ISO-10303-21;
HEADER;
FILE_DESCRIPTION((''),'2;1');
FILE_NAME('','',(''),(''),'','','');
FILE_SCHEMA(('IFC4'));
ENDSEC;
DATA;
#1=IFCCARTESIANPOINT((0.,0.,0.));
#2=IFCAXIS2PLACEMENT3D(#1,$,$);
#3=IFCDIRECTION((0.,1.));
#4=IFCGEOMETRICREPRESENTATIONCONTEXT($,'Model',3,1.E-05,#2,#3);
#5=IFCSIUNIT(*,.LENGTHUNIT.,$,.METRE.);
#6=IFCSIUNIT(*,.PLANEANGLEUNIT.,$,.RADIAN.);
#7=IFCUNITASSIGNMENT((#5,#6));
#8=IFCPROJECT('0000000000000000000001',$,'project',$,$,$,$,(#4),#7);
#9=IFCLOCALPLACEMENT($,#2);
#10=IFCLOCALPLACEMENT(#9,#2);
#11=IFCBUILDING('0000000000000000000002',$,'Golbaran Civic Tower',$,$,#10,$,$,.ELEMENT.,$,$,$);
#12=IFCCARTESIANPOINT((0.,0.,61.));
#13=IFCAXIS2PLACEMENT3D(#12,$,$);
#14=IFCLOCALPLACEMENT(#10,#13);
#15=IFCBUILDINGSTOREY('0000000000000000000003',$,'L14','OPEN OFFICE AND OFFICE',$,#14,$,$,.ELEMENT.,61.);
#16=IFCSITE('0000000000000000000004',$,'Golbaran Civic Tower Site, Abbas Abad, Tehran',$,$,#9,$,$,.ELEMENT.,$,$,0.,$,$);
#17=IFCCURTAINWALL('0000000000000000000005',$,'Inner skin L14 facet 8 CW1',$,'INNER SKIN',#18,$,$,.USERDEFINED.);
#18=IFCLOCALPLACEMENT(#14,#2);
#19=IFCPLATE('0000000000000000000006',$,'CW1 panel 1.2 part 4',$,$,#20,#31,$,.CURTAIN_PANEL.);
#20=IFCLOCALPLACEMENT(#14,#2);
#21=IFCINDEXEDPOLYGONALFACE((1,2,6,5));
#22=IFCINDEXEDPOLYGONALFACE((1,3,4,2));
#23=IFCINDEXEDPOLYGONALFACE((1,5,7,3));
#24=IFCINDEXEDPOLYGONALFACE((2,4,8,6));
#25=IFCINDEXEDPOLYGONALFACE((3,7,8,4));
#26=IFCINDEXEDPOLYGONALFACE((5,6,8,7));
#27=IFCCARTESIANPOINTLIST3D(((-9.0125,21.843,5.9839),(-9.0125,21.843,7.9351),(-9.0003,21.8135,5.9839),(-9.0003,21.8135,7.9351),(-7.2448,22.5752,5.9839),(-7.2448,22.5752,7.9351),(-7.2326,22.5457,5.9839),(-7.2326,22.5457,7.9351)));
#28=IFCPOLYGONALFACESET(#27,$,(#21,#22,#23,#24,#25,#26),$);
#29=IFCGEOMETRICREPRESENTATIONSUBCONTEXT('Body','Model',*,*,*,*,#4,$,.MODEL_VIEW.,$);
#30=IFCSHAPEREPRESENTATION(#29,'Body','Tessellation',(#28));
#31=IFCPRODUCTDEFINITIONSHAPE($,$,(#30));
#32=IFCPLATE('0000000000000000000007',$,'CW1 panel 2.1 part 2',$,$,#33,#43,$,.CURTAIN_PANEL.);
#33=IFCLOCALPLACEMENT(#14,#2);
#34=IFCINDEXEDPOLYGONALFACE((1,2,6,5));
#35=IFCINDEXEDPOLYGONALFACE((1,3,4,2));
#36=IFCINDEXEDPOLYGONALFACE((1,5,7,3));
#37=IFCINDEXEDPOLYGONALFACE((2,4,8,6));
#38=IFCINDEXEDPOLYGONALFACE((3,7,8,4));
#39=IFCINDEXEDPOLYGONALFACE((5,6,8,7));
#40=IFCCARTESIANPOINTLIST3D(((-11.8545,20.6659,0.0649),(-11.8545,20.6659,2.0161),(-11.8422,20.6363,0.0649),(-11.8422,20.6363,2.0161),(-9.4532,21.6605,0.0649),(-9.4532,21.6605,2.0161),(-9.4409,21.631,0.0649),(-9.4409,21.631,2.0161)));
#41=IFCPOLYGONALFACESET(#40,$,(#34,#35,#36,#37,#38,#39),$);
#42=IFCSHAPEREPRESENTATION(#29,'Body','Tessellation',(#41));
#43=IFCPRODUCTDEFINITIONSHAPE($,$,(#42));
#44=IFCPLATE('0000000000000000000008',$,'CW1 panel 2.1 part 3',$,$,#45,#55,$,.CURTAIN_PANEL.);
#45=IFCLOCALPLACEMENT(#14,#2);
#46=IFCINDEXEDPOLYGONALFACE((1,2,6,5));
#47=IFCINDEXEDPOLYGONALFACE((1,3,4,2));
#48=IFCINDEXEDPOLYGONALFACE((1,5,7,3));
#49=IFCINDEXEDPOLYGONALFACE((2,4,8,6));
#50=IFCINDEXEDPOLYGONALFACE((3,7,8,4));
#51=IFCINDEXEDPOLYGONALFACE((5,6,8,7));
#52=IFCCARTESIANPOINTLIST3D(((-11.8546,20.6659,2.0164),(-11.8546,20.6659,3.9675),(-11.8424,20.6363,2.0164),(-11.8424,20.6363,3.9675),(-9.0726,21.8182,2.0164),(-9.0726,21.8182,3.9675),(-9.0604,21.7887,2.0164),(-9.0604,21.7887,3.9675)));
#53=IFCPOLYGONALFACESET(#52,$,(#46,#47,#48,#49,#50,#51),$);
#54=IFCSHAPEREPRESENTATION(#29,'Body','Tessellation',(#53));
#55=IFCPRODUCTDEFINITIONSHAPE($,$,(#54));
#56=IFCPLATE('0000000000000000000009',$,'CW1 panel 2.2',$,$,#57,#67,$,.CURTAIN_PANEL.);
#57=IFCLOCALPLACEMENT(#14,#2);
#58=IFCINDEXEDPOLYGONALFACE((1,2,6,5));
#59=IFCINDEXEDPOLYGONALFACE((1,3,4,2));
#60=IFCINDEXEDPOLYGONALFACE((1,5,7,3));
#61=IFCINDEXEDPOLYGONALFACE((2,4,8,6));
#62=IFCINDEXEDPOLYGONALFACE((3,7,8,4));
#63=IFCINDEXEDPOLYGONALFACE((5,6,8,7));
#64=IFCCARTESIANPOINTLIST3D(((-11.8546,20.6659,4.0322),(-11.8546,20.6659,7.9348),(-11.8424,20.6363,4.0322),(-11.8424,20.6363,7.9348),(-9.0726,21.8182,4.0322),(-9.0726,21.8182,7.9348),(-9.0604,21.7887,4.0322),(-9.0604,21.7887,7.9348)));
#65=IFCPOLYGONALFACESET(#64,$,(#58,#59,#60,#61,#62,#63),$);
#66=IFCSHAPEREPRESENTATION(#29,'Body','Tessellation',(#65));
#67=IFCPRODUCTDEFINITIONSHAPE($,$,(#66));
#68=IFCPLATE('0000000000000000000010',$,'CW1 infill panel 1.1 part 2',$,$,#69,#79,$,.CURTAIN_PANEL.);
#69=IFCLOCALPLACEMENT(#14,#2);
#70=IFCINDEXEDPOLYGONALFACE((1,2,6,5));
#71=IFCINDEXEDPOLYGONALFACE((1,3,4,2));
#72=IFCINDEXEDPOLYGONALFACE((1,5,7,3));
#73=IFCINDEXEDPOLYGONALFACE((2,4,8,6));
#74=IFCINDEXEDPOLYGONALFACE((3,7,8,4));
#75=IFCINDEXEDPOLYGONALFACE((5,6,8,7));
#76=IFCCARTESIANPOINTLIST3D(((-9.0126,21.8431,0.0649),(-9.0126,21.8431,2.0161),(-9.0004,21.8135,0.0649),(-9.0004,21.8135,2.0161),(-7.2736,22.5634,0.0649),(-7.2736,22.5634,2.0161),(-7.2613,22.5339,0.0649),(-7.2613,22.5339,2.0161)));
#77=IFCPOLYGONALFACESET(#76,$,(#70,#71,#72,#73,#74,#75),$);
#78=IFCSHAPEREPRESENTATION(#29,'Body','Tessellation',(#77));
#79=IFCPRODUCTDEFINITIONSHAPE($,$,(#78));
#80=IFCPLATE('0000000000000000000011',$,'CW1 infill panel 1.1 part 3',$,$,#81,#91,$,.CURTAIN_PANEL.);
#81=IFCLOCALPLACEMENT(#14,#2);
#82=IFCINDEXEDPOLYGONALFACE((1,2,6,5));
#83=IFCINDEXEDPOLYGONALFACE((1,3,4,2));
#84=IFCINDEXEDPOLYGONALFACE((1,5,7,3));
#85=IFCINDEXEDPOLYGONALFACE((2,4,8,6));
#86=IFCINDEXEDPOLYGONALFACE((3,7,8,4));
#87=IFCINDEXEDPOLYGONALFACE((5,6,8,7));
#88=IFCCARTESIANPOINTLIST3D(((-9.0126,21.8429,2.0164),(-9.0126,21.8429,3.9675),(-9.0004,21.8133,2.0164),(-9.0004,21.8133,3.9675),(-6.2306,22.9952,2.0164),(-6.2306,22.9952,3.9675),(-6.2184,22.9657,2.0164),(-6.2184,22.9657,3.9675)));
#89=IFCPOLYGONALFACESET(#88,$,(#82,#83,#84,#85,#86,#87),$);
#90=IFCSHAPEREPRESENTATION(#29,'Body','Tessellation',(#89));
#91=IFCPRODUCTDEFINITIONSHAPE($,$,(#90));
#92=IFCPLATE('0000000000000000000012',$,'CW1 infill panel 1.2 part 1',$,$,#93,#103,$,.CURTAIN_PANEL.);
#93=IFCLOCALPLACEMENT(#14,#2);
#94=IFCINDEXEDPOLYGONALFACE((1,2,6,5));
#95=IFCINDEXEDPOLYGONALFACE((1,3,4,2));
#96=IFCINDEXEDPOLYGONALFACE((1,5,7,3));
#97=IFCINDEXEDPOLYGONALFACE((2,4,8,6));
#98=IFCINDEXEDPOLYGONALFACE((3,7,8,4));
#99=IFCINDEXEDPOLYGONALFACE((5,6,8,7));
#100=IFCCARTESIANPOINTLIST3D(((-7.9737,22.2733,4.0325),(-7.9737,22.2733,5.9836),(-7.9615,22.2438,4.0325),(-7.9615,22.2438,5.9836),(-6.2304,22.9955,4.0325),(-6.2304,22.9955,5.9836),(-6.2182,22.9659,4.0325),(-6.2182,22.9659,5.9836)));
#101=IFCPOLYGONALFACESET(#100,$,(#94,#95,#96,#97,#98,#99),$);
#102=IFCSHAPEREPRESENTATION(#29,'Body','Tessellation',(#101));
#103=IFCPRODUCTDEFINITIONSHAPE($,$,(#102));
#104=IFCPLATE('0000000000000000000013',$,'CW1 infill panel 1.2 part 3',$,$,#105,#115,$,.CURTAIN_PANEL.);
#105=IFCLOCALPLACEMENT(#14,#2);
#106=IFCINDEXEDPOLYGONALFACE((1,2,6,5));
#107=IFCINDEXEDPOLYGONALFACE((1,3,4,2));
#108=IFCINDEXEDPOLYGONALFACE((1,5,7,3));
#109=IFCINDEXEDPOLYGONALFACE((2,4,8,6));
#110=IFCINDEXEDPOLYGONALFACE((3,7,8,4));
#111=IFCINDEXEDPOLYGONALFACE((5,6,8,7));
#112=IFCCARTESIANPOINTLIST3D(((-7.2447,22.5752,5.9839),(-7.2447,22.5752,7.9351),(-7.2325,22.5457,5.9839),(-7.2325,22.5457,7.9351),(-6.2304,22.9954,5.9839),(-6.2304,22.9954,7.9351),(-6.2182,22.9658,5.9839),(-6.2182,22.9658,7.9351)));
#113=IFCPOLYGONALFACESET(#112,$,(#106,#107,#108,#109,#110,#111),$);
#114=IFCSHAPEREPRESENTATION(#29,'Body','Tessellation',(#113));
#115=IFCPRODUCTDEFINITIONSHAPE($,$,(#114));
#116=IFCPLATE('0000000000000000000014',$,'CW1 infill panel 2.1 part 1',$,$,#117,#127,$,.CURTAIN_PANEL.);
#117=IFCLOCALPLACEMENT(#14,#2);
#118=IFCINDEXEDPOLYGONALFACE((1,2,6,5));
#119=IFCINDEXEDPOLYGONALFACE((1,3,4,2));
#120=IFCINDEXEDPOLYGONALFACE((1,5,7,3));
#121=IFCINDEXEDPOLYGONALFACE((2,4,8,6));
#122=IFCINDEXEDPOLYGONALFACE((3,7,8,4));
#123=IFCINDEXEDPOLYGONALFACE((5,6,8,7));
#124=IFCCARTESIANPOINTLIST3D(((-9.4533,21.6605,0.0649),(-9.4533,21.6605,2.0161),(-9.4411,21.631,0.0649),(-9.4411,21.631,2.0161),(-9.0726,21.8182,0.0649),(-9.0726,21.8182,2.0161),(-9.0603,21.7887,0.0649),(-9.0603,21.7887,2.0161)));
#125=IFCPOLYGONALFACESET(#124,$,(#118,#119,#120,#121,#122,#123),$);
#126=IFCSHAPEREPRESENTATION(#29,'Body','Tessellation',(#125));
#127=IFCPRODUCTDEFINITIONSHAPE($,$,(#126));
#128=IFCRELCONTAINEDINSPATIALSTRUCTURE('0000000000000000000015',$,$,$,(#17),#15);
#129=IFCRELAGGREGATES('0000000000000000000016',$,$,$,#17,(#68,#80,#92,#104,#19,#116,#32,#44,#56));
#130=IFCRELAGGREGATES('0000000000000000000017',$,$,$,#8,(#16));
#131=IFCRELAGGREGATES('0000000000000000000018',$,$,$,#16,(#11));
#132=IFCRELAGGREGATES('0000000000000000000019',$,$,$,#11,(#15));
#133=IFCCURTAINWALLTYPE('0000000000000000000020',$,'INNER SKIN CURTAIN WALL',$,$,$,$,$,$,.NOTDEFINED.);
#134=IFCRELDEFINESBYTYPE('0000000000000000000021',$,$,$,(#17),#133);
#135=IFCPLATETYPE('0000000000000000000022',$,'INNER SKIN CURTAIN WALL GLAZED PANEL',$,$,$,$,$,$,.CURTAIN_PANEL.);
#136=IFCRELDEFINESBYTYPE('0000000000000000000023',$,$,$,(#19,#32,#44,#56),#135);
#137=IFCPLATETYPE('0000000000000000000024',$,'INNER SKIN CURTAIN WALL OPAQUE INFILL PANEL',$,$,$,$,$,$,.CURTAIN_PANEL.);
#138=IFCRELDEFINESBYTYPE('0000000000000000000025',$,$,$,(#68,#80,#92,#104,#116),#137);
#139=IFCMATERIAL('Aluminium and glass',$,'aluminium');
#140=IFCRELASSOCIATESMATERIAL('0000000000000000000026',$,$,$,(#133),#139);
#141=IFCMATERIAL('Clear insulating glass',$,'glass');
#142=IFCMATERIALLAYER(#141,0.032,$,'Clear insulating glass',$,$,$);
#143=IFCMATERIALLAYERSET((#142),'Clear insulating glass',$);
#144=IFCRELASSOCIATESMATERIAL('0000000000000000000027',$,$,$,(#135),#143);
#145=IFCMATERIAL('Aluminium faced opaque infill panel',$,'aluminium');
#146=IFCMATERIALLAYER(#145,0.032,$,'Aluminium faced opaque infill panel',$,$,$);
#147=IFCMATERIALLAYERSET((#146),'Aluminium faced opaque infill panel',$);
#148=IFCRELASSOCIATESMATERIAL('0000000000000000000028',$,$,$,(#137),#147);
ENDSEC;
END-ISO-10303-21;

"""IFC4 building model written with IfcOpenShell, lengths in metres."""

from ifc_helpers import new_model, si_unit, direction, frame, origin, origin_2d, place, context, subcontext, project, spatial, rectangle, extrude, material, layer, layer_set, type_object, element, aggregate, save


model = new_model("IFC4")

# Units and contexts
model_context = context("Model", 3, precision=1e-05, world=origin(), true_north=direction((0.0, 1.0)))
body_context = subcontext(model_context, "Body", "Model", "MODEL_VIEW")
ifc_project = project(units=[si_unit("LENGTHUNIT", "METRE"), si_unit("PLANEANGLEUNIT", "RADIAN")], contexts=[model_context])

# Site, building, storey
site_placement = place(None, origin())
site = spatial("IfcSite", under=ifc_project, at=site_placement, Name="Golbaran Civic Tower Site, Abbas Abad, Tehran", CompositionType="ELEMENT", RefElevation=0.0)
building_placement = place(site_placement, origin())
building = spatial("IfcBuilding", under=site, at=building_placement, Name="Golbaran Civic Tower", CompositionType="ELEMENT")
storey_placement = place(building_placement, frame((0.0, 0.0, 61.0)))
storey = spatial("IfcBuildingStorey", under=building, at=storey_placement, Name="L14", Description="OPEN OFFICE AND OFFICE", CompositionType="ELEMENT", Elevation=61.0)

# Curtain wall, plates
ifc_material_1 = material(Name="Aluminium and glass", Category="aluminium")
curtain_wall_type = type_object("IfcCurtainWallType", Name="INNER SKIN CURTAIN WALL", PredefinedType="NOTDEFINED", material=ifc_material_1)
curtain_wall_placement = place(storey_placement, origin())
curtain_wall = element("IfcCurtainWall", 1, at=curtain_wall_placement, inside=storey, type_object=curtain_wall_type, Name="Inner skin L14 facet 8 CW1", ObjectType="INNER SKIN", PredefinedType="USERDEFINED")
ifc_material_2 = material(Name="Clear insulating glass", Category="glass")
ifc_layer_1 = layer(ifc_material_2, 0.032, Name="Clear insulating glass")
ifc_layer_set_1 = layer_set([ifc_layer_1], Name="Clear insulating glass")
plate_type_1 = type_object("IfcPlateType", Name="INNER SKIN CURTAIN WALL GLAZED PANEL", PredefinedType="CURTAIN_PANEL", material=ifc_layer_set_1)
plate_1_placement = place(storey_placement, frame((-8.1226, 22.1943, 5.9839), z_axis=(0.0, 0.0, 1.0), x_axis=(-0.92388, -0.382683, 0.0)))
plate_1 = element("IfcPlate", 2, at=plate_1_placement, type_object=plate_type_1, Name="CW1 panel 1.2 part 4", PredefinedType="CURTAIN_PANEL", context=body_context, shape_type="SweptSolid", body=[
    extrude(rectangle(XDim=1.9133, YDim=0.032, at=origin_2d()), origin(), (0.0, 0.0, 1.0), 1.9512),
])
plate_2_placement = place(storey_placement, frame((-10.6477, 21.1484, 0.0649), z_axis=(0.0, 0.0, 1.0), x_axis=(-0.92388, -0.382683, 0.0)))
plate_2 = element("IfcPlate", 3, at=plate_2_placement, type_object=plate_type_1, Name="CW1 panel 2.1 part 2", PredefinedType="CURTAIN_PANEL", context=body_context, shape_type="SweptSolid", body=[
    extrude(rectangle(XDim=2.5991, YDim=0.032, at=origin_2d()), origin(), (0.0, 0.0, 1.0), 1.9512),
])
plate_3_placement = place(storey_placement, frame((-10.4575, 21.2273, 2.0164), z_axis=(0.0, 0.0, 1.0), x_axis=(-0.92388, -0.382683, 0.0)))
plate_3 = element("IfcPlate", 4, at=plate_3_placement, type_object=plate_type_1, Name="CW1 panel 2.1 part 3", PredefinedType="CURTAIN_PANEL", context=body_context, shape_type="SweptSolid", body=[
    extrude(rectangle(XDim=3.0112, YDim=0.032, at=origin_2d()), origin(), (0.0, 0.0, 1.0), 1.9512),
])
plate_4_placement = place(storey_placement, frame((-10.4575, 21.2273, 4.0322), z_axis=(0.0, 0.0, 1.0), x_axis=(-0.92388, -0.382683, 0.0)))
plate_4 = element("IfcPlate", 5, at=plate_4_placement, type_object=plate_type_1, Name="CW1 panel 2.2", PredefinedType="CURTAIN_PANEL", context=body_context, shape_type="SweptSolid", body=[
    extrude(rectangle(XDim=3.0112, YDim=0.032, at=origin_2d()), origin(), (0.0, 0.0, 1.0), 3.9026),
])
ifc_material_3 = material(Name="Aluminium faced opaque infill panel", Category="aluminium")
ifc_layer_2 = layer(ifc_material_3, 0.032, Name="Aluminium faced opaque infill panel")
ifc_layer_set_2 = layer_set([ifc_layer_2], Name="Aluminium faced opaque infill panel")
plate_type_2 = type_object("IfcPlateType", Name="INNER SKIN CURTAIN WALL OPAQUE INFILL PANEL", PredefinedType="CURTAIN_PANEL", material=ifc_layer_set_2)
plate_5_placement = place(storey_placement, frame((-8.137, 22.1885, 0.0649), z_axis=(0.0, 0.0, 1.0), x_axis=(-0.92388, -0.382683, 0.0)))
plate_5 = element("IfcPlate", 6, at=plate_5_placement, type_object=plate_type_2, Name="CW1 infill panel 1.1 part 2", PredefinedType="CURTAIN_PANEL", context=body_context, shape_type="SweptSolid", body=[
    extrude(rectangle(XDim=1.8823, YDim=0.032, at=origin_2d()), origin(), (0.0, 0.0, 1.0), 1.9512),
])
plate_6_placement = place(storey_placement, frame((-7.6155, 22.4043, 2.0164), z_axis=(0.0, 0.0, 1.0), x_axis=(-0.92388, -0.382683, 0.0)))
plate_6 = element("IfcPlate", 7, at=plate_6_placement, type_object=plate_type_2, Name="CW1 infill panel 1.1 part 3", PredefinedType="CURTAIN_PANEL", context=body_context, shape_type="SweptSolid", body=[
    extrude(rectangle(XDim=3.0112, YDim=0.032, at=origin_2d()), origin(), (0.0, 0.0, 1.0), 1.9512),
])
plate_7_placement = place(storey_placement, frame((-7.0959, 22.6196, 4.0325), z_axis=(0.0, 0.0, 1.0), x_axis=(-0.92388, -0.382683, 0.0)))
plate_7 = element("IfcPlate", 8, at=plate_7_placement, type_object=plate_type_2, Name="CW1 infill panel 1.2 part 1", PredefinedType="CURTAIN_PANEL", context=body_context, shape_type="SweptSolid", body=[
    extrude(rectangle(XDim=1.887, YDim=0.032, at=origin_2d()), origin(), (0.0, 0.0, 1.0), 1.9512),
])
plate_8_placement = place(storey_placement, frame((-6.7314, 22.7705, 5.9839), z_axis=(0.0, 0.0, 1.0), x_axis=(-0.92388, -0.382683, 0.0)))
plate_8 = element("IfcPlate", 9, at=plate_8_placement, type_object=plate_type_2, Name="CW1 infill panel 1.2 part 3", PredefinedType="CURTAIN_PANEL", context=body_context, shape_type="SweptSolid", body=[
    extrude(rectangle(XDim=1.0979, YDim=0.032, at=origin_2d()), origin(), (0.0, 0.0, 1.0), 1.9512),
])
plate_9_placement = place(storey_placement, frame((-9.2568, 21.7246, 0.0649), z_axis=(0.0, 0.0, 1.0), x_axis=(-0.92388, -0.382683, 0.0)))
plate_9 = element("IfcPlate", 10, at=plate_9_placement, type_object=plate_type_2, Name="CW1 infill panel 2.1 part 1", PredefinedType="CURTAIN_PANEL", context=body_context, shape_type="SweptSolid", body=[
    extrude(rectangle(XDim=0.4121, YDim=0.032, at=origin_2d()), origin(), (0.0, 0.0, 1.0), 1.9512),
])
aggregate(curtain_wall, [plate_5, plate_6, plate_7, plate_8, plate_1, plate_9, plate_2, plate_3, plate_4])

save(model, "model.ifc")
